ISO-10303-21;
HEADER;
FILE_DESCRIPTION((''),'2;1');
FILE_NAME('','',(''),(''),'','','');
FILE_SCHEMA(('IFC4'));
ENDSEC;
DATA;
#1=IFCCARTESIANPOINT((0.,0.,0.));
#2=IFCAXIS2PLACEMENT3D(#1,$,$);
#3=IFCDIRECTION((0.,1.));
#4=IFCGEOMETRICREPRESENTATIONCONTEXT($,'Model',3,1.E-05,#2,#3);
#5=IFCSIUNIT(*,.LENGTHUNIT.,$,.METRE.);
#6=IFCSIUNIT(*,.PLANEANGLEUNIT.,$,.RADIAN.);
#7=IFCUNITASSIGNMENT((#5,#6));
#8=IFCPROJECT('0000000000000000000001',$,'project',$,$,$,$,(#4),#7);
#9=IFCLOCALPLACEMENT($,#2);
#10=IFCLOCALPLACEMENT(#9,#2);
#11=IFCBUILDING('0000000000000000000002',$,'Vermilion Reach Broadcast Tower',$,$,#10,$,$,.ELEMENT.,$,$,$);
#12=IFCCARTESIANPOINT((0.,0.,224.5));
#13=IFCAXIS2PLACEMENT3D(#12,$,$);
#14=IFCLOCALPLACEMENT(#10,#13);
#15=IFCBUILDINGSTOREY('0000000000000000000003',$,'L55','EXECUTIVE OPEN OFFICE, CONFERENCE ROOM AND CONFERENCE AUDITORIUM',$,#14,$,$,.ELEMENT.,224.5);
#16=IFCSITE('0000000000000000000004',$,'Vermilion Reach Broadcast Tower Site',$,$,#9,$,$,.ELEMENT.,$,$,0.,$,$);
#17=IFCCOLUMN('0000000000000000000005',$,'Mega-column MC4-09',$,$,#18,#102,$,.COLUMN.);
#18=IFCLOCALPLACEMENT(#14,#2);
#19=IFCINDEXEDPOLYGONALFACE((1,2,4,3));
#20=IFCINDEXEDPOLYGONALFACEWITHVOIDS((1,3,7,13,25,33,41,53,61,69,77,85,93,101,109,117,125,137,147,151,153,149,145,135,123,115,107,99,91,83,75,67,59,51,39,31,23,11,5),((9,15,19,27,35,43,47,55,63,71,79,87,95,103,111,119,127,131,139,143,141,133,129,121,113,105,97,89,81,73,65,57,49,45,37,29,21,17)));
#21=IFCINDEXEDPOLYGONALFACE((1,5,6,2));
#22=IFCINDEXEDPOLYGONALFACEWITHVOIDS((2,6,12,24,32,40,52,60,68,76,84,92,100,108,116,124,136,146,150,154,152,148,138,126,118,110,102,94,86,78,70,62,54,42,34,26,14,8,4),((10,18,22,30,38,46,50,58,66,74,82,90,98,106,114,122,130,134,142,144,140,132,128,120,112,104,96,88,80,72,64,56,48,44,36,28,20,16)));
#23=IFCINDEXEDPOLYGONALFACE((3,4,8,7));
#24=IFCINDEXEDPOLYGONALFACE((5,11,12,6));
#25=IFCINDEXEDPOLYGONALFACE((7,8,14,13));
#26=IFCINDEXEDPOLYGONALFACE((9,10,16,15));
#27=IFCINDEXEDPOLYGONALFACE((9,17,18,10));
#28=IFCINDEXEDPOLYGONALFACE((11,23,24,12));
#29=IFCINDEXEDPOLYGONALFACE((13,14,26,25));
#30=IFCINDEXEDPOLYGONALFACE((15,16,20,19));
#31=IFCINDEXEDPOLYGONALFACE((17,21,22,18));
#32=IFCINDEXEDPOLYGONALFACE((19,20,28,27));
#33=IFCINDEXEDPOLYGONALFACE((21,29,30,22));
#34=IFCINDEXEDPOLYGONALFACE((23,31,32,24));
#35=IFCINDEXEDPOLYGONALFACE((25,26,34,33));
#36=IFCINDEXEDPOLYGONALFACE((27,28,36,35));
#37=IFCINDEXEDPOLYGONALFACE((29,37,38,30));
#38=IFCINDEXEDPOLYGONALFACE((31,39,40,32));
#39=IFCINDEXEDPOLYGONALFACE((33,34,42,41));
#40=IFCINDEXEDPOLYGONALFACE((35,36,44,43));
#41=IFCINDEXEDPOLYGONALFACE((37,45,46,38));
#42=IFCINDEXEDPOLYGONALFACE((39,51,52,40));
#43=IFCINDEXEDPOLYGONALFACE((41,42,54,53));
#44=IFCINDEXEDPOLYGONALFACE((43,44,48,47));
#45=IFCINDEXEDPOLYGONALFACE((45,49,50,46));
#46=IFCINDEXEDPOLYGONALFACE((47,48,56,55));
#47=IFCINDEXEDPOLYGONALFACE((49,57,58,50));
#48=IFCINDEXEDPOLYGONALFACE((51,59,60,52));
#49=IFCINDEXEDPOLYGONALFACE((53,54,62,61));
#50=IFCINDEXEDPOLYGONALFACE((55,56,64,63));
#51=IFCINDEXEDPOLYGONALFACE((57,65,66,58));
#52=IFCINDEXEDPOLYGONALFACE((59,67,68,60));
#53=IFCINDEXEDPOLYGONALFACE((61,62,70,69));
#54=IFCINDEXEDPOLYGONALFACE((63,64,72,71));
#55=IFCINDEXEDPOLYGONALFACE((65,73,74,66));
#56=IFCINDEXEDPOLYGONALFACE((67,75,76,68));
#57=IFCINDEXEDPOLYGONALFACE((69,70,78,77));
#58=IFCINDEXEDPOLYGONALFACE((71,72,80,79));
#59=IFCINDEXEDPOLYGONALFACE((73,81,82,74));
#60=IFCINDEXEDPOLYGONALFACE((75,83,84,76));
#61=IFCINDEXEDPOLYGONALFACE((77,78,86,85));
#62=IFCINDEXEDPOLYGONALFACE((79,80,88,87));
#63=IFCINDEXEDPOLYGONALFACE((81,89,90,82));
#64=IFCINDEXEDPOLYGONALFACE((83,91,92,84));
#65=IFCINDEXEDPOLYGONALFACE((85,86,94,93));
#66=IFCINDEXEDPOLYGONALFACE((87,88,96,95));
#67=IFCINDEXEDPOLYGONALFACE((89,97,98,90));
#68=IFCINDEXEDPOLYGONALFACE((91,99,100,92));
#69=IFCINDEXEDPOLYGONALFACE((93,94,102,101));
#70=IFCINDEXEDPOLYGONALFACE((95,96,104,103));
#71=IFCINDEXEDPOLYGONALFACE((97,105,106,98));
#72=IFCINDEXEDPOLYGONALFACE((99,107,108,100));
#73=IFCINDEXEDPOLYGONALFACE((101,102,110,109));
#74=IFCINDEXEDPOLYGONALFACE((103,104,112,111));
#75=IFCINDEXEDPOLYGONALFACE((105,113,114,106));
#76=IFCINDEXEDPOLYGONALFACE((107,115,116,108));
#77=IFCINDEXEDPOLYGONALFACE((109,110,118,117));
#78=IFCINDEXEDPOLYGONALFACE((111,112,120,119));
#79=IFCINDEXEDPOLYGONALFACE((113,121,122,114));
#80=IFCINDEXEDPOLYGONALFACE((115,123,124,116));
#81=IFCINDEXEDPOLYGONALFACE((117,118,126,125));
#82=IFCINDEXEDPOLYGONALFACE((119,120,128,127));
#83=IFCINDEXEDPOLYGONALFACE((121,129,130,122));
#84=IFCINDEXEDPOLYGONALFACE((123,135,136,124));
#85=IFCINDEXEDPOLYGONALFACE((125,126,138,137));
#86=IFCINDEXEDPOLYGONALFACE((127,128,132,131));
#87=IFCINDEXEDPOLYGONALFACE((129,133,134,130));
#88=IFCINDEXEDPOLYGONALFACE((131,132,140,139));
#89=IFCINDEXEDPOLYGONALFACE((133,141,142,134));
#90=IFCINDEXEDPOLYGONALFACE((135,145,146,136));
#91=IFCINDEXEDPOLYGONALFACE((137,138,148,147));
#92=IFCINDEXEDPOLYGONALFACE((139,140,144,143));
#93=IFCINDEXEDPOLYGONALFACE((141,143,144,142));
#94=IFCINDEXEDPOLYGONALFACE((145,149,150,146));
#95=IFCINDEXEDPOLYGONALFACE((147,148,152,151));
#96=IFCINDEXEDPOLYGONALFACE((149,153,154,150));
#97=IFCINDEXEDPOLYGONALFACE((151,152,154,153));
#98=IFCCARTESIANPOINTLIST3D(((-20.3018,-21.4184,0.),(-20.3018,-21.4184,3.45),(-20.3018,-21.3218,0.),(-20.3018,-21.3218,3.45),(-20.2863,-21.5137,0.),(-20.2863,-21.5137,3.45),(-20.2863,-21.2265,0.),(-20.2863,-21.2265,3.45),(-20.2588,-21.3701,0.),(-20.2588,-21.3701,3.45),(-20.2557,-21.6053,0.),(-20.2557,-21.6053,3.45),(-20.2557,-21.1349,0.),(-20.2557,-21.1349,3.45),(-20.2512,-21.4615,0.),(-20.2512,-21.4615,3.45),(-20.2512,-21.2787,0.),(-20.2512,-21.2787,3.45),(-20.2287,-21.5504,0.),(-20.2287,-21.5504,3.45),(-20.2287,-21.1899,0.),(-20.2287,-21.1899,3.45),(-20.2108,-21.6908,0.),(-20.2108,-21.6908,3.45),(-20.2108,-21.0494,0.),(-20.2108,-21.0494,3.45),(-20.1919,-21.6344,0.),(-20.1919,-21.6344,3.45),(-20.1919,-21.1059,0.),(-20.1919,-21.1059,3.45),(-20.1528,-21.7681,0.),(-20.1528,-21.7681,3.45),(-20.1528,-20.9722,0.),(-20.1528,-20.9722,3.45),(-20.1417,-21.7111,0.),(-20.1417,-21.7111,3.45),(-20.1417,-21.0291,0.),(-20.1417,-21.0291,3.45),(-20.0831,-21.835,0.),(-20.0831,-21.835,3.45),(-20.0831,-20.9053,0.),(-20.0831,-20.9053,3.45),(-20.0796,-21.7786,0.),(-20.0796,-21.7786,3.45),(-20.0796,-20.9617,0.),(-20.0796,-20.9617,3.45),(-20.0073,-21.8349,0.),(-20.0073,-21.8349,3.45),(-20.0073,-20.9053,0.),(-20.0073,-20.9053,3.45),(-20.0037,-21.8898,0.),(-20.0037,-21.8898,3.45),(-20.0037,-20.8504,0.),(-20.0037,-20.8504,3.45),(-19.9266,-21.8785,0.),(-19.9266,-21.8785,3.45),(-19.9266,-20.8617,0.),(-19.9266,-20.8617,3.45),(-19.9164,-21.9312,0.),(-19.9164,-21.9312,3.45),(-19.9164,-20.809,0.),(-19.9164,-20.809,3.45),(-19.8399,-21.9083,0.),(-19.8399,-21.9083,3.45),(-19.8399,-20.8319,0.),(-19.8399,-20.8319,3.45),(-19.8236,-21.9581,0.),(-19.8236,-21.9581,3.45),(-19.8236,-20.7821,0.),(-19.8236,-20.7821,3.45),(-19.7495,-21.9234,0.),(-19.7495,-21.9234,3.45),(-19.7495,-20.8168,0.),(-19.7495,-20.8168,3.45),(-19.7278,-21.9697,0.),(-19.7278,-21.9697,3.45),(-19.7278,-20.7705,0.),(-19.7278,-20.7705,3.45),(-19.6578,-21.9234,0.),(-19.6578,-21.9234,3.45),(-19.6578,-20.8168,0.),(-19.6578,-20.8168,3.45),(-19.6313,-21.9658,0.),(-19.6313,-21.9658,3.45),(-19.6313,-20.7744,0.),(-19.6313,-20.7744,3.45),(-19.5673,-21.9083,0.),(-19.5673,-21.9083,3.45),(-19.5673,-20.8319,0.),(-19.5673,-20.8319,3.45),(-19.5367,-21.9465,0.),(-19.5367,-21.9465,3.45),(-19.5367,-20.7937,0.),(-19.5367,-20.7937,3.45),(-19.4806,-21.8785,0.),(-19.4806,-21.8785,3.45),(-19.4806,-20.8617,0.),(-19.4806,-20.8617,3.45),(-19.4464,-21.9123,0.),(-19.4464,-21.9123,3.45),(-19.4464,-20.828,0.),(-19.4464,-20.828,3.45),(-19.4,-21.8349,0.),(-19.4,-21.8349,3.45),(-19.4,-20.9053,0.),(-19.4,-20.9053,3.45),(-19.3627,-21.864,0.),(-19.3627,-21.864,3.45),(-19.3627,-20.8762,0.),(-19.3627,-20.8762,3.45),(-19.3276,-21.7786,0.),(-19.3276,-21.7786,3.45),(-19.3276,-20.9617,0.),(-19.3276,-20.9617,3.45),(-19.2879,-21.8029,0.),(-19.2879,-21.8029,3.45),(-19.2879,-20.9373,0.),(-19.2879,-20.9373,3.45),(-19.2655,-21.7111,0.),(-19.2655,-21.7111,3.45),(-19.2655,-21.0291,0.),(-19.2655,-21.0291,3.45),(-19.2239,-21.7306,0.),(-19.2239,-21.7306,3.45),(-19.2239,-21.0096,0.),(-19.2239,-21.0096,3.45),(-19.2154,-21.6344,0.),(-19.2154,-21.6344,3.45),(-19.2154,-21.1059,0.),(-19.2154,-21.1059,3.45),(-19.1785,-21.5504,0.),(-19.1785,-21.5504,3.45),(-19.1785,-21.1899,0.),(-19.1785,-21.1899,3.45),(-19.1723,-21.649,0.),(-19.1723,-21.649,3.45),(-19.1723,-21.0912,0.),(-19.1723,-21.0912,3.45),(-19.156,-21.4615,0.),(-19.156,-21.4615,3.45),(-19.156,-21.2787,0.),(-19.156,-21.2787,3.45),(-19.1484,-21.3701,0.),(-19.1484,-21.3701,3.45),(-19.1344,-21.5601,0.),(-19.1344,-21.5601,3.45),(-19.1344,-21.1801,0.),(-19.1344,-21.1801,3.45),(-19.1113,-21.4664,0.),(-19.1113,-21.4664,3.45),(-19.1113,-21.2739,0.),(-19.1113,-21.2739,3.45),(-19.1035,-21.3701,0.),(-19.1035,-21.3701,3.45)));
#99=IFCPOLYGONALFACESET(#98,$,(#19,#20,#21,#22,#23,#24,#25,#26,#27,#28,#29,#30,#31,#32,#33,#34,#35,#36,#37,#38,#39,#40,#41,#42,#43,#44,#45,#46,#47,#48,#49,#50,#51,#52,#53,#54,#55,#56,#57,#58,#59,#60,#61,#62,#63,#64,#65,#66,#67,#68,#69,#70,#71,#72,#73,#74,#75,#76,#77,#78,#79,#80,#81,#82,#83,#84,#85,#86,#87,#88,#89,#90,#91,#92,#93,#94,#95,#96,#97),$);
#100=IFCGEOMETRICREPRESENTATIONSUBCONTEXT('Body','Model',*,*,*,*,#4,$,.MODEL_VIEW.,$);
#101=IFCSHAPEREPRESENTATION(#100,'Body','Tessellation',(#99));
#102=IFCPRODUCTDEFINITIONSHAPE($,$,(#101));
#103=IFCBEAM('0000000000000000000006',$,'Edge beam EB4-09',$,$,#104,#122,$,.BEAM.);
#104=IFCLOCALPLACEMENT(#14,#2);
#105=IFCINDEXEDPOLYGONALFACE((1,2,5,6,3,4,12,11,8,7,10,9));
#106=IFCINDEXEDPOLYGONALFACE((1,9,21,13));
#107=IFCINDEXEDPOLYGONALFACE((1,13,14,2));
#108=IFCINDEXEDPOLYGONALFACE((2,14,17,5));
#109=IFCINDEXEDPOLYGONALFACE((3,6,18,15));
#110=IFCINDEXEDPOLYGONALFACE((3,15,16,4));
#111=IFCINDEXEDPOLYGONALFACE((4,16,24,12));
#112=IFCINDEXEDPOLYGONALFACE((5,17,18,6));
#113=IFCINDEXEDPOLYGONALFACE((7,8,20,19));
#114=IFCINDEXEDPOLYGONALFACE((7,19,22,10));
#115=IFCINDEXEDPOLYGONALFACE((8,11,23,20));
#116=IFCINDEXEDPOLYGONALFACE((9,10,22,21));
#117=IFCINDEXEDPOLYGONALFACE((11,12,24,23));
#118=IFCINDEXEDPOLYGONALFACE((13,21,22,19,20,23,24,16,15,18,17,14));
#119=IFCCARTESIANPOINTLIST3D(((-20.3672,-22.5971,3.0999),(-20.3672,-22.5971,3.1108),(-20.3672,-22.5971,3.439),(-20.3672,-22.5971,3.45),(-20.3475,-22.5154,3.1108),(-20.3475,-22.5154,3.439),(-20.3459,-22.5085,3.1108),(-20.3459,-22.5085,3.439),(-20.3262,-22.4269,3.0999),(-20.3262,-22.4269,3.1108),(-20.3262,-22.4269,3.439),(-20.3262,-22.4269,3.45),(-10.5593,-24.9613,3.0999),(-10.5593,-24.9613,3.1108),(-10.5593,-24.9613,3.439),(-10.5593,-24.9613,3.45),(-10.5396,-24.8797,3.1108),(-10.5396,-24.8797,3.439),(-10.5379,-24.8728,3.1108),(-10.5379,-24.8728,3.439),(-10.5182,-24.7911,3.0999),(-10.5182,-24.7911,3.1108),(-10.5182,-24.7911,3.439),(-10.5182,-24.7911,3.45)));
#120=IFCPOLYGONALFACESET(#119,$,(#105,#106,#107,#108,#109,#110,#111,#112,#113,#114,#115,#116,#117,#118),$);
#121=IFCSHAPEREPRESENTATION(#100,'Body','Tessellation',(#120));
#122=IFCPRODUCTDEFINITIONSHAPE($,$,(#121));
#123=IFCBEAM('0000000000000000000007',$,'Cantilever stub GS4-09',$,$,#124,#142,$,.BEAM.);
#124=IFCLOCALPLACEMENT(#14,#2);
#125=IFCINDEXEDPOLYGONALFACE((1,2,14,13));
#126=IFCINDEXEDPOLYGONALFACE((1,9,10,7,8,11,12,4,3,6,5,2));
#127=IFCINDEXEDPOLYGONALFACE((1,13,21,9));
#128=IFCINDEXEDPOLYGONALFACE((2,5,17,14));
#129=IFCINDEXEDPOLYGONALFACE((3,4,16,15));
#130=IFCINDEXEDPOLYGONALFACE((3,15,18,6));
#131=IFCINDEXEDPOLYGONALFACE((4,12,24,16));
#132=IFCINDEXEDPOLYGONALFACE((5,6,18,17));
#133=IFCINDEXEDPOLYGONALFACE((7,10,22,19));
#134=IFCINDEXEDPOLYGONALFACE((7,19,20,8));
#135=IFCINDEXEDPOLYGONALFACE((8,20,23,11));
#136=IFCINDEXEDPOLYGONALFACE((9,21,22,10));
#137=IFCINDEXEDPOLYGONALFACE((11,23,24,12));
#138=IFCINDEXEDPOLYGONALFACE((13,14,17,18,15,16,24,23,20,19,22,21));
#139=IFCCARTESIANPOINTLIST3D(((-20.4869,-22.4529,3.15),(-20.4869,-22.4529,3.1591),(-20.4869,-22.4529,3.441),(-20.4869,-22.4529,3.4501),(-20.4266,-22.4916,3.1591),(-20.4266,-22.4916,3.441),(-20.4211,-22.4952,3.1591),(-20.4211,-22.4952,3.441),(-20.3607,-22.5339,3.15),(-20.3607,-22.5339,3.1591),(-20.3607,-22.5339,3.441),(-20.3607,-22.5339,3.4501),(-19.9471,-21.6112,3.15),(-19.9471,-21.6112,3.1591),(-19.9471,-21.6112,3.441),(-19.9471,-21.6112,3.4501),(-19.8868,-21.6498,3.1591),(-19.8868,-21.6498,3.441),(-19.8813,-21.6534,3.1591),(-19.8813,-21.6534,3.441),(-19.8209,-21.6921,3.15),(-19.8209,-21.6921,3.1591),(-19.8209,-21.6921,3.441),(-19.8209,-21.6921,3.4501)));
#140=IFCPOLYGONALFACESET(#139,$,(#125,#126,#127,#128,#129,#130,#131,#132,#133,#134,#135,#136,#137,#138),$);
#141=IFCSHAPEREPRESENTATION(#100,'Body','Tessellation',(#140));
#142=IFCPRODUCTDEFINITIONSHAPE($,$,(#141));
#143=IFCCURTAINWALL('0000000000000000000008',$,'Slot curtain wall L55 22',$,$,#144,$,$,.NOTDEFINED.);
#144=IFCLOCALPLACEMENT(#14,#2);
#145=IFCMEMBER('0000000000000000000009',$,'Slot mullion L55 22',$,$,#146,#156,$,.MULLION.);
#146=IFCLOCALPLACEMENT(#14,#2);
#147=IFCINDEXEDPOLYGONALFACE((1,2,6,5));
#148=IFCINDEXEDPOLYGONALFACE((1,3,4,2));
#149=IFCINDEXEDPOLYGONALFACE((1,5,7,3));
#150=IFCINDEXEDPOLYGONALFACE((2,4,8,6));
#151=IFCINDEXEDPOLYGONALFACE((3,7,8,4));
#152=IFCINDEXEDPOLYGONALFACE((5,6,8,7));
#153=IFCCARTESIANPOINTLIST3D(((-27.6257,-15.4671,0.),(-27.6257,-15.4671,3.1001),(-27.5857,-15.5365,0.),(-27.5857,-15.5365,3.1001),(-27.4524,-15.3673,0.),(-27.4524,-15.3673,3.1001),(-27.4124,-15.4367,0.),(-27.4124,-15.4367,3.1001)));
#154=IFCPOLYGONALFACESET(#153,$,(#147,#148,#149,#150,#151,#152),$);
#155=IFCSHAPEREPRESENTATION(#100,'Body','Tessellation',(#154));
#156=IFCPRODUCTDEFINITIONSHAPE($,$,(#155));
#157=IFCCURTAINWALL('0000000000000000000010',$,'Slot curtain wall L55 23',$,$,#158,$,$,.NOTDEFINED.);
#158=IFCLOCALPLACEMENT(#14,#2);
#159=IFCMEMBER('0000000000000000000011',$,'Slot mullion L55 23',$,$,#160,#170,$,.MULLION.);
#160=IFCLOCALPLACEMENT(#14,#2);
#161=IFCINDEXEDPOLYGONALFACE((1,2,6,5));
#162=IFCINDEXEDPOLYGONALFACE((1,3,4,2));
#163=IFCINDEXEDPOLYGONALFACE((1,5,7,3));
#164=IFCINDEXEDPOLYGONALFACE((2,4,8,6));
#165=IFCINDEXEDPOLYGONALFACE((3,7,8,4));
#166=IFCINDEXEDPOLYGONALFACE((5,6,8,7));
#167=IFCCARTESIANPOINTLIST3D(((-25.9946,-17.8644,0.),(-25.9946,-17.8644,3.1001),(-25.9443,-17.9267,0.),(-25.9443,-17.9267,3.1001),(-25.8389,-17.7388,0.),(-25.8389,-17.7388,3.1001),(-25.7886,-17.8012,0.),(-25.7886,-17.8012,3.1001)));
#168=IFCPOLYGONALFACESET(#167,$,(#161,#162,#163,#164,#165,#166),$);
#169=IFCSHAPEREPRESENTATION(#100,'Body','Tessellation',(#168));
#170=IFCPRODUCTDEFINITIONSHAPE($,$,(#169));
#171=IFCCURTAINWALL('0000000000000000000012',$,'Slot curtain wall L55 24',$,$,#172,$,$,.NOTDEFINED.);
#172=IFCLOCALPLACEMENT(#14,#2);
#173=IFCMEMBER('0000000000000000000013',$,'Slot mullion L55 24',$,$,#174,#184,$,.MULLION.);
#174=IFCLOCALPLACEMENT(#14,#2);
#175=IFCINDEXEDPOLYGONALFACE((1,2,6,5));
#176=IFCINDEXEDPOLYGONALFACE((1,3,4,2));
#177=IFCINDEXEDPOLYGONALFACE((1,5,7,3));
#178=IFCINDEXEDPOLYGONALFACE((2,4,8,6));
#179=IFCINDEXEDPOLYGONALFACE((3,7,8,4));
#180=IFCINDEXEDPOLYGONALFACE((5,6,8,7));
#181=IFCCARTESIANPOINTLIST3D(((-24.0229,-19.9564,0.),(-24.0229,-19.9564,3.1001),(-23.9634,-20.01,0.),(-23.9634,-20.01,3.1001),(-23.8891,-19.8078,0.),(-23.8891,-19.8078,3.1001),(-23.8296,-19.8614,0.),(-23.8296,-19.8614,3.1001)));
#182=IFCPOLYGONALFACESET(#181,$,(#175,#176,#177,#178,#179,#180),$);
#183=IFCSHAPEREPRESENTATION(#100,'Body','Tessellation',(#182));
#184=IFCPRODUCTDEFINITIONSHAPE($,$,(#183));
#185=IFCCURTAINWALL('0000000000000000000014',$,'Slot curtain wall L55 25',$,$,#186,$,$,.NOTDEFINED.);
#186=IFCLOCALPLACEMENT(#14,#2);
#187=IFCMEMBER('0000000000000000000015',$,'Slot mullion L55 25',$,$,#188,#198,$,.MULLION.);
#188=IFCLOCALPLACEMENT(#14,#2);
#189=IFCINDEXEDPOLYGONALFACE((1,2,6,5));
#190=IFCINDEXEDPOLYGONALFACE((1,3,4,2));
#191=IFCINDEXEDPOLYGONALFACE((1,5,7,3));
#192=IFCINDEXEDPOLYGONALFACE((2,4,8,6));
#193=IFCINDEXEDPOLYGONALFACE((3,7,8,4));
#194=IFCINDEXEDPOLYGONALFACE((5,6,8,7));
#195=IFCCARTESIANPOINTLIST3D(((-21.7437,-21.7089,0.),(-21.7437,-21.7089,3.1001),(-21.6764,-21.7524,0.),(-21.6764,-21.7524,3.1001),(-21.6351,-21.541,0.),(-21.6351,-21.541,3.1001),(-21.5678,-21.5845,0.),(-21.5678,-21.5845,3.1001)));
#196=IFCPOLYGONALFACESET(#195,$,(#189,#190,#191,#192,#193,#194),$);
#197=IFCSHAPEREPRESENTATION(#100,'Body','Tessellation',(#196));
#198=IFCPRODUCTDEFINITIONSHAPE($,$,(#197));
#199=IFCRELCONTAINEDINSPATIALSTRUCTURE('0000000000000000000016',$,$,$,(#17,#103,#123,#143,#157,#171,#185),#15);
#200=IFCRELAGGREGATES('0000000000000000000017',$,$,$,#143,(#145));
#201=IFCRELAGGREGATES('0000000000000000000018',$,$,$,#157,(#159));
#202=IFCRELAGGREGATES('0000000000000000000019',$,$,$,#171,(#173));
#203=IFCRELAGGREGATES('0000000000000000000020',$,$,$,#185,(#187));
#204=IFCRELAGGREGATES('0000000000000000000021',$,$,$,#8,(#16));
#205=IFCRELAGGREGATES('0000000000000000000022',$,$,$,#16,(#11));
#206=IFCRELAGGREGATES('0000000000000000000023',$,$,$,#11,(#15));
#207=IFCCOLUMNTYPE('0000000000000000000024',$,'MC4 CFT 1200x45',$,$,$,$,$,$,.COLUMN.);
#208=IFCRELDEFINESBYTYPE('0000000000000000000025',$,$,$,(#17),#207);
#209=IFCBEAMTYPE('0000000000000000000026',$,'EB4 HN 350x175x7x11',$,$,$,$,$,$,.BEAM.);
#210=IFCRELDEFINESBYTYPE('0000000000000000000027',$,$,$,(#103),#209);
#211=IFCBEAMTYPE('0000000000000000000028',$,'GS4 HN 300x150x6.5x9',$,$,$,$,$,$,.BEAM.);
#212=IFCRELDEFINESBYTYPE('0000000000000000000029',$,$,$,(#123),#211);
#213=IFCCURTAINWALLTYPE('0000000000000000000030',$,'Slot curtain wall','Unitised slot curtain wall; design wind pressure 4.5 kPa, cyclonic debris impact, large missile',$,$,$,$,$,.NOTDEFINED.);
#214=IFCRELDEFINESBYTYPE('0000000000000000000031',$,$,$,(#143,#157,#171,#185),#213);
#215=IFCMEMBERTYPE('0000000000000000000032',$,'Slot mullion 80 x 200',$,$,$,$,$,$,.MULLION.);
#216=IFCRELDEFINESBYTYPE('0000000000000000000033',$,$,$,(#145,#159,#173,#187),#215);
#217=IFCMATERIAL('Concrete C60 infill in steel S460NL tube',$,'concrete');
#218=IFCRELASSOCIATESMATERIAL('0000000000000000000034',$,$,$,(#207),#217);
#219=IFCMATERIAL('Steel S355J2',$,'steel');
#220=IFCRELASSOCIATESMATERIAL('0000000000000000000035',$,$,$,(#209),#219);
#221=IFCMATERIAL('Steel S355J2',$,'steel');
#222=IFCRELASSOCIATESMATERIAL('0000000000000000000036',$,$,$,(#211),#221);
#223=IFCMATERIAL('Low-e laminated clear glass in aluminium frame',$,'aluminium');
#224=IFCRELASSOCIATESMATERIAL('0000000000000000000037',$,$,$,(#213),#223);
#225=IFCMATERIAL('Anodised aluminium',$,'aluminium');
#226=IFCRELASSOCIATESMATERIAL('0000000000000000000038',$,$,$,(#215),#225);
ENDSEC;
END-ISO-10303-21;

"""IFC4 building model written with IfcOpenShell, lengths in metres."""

from ifc_helpers import new_model, si_unit, direction, frame, origin, origin_2d, place, context, subcontext, project, spatial, rectangle, hollow_circle, i_section, extrude, material, material_profile, profile_set, type_object, element, aggregate, save


model = new_model("IFC4")

# Units and contexts
model_context = context("Model", 3, precision=1e-05, world=origin(), true_north=direction((0.0, 1.0)))
body_context = subcontext(model_context, "Body", "Model", "MODEL_VIEW")
ifc_project = project(units=[si_unit("LENGTHUNIT", "METRE"), si_unit("PLANEANGLEUNIT", "RADIAN")], contexts=[model_context])

# Site, building, storey
site_placement = place(None, origin())
site = spatial("IfcSite", under=ifc_project, at=site_placement, Name="Vermilion Reach Broadcast Tower Site", CompositionType="ELEMENT", RefElevation=0.0)
building_placement = place(site_placement, origin())
building = spatial("IfcBuilding", under=site, at=building_placement, Name="Vermilion Reach Broadcast Tower", CompositionType="ELEMENT")
storey_placement = place(building_placement, frame((0.0, 0.0, 224.5)))
storey = spatial("IfcBuildingStorey", under=building, at=storey_placement, Name="L55", Description="EXECUTIVE OPEN OFFICE, CONFERENCE ROOM AND CONFERENCE AUDITORIUM", CompositionType="ELEMENT", Elevation=224.5)

# Column
ifc_material_1 = material(Name="Concrete C60 infill in steel S460NL tube", Category="concrete")
ifc_material_profile_1 = material_profile(ifc_material_1, hollow_circle(Radius=0.6001, WallThickness=0.0449, at=origin_2d()), Name="Concrete C60 infill in steel S460NL tube CFT 1200x45")
ifc_profile_set_1 = profile_set([ifc_material_profile_1], Name="Concrete C60 infill in steel S460NL tube")
column_type = type_object("IfcColumnType", Name="MC4 CFT 1200x45", PredefinedType="COLUMN", material=ifc_profile_set_1)
column_placement = place(storey_placement, frame((-19.7036, -21.3701, 0.0), z_axis=(0.0, 0.0, 1.0), x_axis=(1.0, 0.0, 0.0)))
element("IfcColumn", 1, at=column_placement, inside=storey, type_object=column_type, Name="Mega-column MC4-09", PredefinedType="COLUMN", context=body_context, shape_type="SweptSolid", body=[
    extrude(hollow_circle(Radius=0.6001, WallThickness=0.0449, at=origin_2d()), origin(), (0.0, 0.0, 1.0), 3.45),
])

# Beams
ifc_material_2 = material(Name="Steel S355J2", Category="steel")
ifc_material_profile_2 = material_profile(ifc_material_2, i_section(OverallWidth=0.175, OverallDepth=0.3501, WebThickness=0.0071, FlangeThickness=0.011, at=origin_2d()), Name="S355J2 HN 350x175x7x11")
ifc_profile_set_2 = profile_set([ifc_material_profile_2], Name="Steel S355J2")
beam_type_1 = type_object("IfcBeamType", Name="EB4 HN 350x175x7x11", PredefinedType="BEAM", material=ifc_profile_set_2)
beam_1_placement = place(storey_placement, frame((-20.3467, -22.512, 3.2749), z_axis=(0.972154, -0.234345, 0.0), x_axis=(0.234345, 0.972154, 0.0)))
element("IfcBeam", 2, at=beam_1_placement, inside=storey, type_object=beam_type_1, Name="Edge beam EB4-09", PredefinedType="BEAM", context=body_context, shape_type="SweptSolid", body=[
    extrude(i_section(OverallWidth=0.175, OverallDepth=0.3501, WebThickness=0.0071, FlangeThickness=0.011, at=origin_2d()), origin(), (0.0, 0.0, 1.0), 10.0889),
])
ifc_material_3 = material(Name="Steel S355J2", Category="steel")
ifc_material_profile_3 = material_profile(ifc_material_3, i_section(OverallWidth=0.1499, OverallDepth=0.3, WebThickness=0.0066, FlangeThickness=0.009, at=origin_2d()), Name="S355J2 HN 300x150x6.5x9")
ifc_profile_set_3 = profile_set([ifc_material_profile_3], Name="Steel S355J2")
beam_type_2 = type_object("IfcBeamType", Name="GS4 HN 300x150x6.5x9", PredefinedType="BEAM", material=ifc_profile_set_3)
beam_2_placement = place(storey_placement, frame((-19.884, -21.6516, 3.3), z_axis=(-0.539795, -0.841797, 0.0), x_axis=(0.841797, -0.539795, 0.0)))
element("IfcBeam", 3, at=beam_2_placement, inside=storey, type_object=beam_type_2, Name="Cantilever stub GS4-09", PredefinedType="BEAM", context=body_context, shape_type="SweptSolid", body=[
    extrude(i_section(OverallWidth=0.1499, OverallDepth=0.3, WebThickness=0.0066, FlangeThickness=0.009, at=origin_2d()), origin(), (0.0, 0.0, 1.0), 1.0),
])

# Curtain walls, members
ifc_material_4 = material(Name="Low-e laminated clear glass in aluminium frame", Category="aluminium")
curtain_wall_type = type_object("IfcCurtainWallType", Name="Slot curtain wall", Description="Unitised slot curtain wall; design wind pressure 4.5 kPa, cyclonic debris impact, large missile", PredefinedType="NOTDEFINED", material=ifc_material_4)
placement = place(storey_placement, origin())
curtain_wall_1 = element("IfcCurtainWall", 4, at=placement, inside=storey, type_object=curtain_wall_type, Name="Slot curtain wall L55 22", PredefinedType="NOTDEFINED")
ifc_material_5 = material(Name="Anodised aluminium", Category="aluminium")
ifc_material_profile_4 = material_profile(ifc_material_5, rectangle(XDim=0.2, YDim=0.0801, at=origin_2d()), Name="Slot mullion 80 x 200")
ifc_profile_set_4 = profile_set([ifc_material_profile_4], Name="Anodised aluminium")
member_type_1 = type_object("IfcMemberType", Name="Slot mullion 80 x 200", PredefinedType="MULLION", material=ifc_profile_set_4)
member_1_placement = place(storey_placement, frame((-27.519, -15.4519, 0.0), z_axis=(0.0, 0.0, 1.0), x_axis=(0.866666, 0.498889, 0.0)))
member_1 = element("IfcMember", 5, at=member_1_placement, type_object=member_type_1, Name="Slot mullion L55 22", PredefinedType="MULLION", context=body_context, shape_type="SweptSolid", body=[
    extrude(rectangle(XDim=0.2, YDim=0.0801, at=origin_2d()), origin(), (0.0, 0.0, 1.0), 3.1001),
])
curtain_wall_2 = element("IfcCurtainWall", 6, at=placement, inside=storey, type_object=curtain_wall_type, Name="Slot curtain wall L55 23", PredefinedType="NOTDEFINED")
member_2_placement = place(storey_placement, frame((-25.8916, -17.8328, 0.0), z_axis=(0.0, 0.0, 1.0), x_axis=(0.778341, 0.627842, 0.0)))
member_2 = element("IfcMember", 7, at=member_2_placement, type_object=member_type_1, Name="Slot mullion L55 23", PredefinedType="MULLION", context=body_context, shape_type="SweptSolid", body=[
    extrude(rectangle(XDim=0.2, YDim=0.0801, at=origin_2d()), origin(), (0.0, 0.0, 1.0), 3.1001),
])
curtain_wall_3 = element("IfcCurtainWall", 8, at=placement, inside=storey, type_object=curtain_wall_type, Name="Slot curtain wall L55 24", PredefinedType="NOTDEFINED")
member_3_placement = place(storey_placement, frame((-23.9263, -19.9089, 0.0), z_axis=(0.0, 0.0, 1.0), x_axis=(0.669131, 0.743145, 0.0)))
member_3 = element("IfcMember", 9, at=member_3_placement, type_object=member_type_1, Name="Slot mullion L55 24", PredefinedType="MULLION", context=body_context, shape_type="SweptSolid", body=[
    extrude(rectangle(XDim=0.2, YDim=0.0801, at=origin_2d()), origin(), (0.0, 0.0, 1.0), 3.1001),
])
curtain_wall_4 = element("IfcCurtainWall", 10, at=placement, inside=storey, type_object=curtain_wall_type, Name="Slot curtain wall L55 25", PredefinedType="NOTDEFINED")
member_4_placement = place(storey_placement, frame((-21.6558, -21.6467, 0.0), z_axis=(0.0, 0.0, 1.0), x_axis=(0.543044, 0.839704, 0.0)))
member_4 = element("IfcMember", 11, at=member_4_placement, type_object=member_type_1, Name="Slot mullion L55 25", PredefinedType="MULLION", context=body_context, shape_type="SweptSolid", body=[
    extrude(rectangle(XDim=0.2, YDim=0.0801, at=origin_2d()), origin(), (0.0, 0.0, 1.0), 3.1001),
])

aggregate(curtain_wall_1, [member_1])
aggregate(curtain_wall_2, [member_2])
aggregate(curtain_wall_3, [member_3])
aggregate(curtain_wall_4, [member_4])

save(model, "model.ifc")
